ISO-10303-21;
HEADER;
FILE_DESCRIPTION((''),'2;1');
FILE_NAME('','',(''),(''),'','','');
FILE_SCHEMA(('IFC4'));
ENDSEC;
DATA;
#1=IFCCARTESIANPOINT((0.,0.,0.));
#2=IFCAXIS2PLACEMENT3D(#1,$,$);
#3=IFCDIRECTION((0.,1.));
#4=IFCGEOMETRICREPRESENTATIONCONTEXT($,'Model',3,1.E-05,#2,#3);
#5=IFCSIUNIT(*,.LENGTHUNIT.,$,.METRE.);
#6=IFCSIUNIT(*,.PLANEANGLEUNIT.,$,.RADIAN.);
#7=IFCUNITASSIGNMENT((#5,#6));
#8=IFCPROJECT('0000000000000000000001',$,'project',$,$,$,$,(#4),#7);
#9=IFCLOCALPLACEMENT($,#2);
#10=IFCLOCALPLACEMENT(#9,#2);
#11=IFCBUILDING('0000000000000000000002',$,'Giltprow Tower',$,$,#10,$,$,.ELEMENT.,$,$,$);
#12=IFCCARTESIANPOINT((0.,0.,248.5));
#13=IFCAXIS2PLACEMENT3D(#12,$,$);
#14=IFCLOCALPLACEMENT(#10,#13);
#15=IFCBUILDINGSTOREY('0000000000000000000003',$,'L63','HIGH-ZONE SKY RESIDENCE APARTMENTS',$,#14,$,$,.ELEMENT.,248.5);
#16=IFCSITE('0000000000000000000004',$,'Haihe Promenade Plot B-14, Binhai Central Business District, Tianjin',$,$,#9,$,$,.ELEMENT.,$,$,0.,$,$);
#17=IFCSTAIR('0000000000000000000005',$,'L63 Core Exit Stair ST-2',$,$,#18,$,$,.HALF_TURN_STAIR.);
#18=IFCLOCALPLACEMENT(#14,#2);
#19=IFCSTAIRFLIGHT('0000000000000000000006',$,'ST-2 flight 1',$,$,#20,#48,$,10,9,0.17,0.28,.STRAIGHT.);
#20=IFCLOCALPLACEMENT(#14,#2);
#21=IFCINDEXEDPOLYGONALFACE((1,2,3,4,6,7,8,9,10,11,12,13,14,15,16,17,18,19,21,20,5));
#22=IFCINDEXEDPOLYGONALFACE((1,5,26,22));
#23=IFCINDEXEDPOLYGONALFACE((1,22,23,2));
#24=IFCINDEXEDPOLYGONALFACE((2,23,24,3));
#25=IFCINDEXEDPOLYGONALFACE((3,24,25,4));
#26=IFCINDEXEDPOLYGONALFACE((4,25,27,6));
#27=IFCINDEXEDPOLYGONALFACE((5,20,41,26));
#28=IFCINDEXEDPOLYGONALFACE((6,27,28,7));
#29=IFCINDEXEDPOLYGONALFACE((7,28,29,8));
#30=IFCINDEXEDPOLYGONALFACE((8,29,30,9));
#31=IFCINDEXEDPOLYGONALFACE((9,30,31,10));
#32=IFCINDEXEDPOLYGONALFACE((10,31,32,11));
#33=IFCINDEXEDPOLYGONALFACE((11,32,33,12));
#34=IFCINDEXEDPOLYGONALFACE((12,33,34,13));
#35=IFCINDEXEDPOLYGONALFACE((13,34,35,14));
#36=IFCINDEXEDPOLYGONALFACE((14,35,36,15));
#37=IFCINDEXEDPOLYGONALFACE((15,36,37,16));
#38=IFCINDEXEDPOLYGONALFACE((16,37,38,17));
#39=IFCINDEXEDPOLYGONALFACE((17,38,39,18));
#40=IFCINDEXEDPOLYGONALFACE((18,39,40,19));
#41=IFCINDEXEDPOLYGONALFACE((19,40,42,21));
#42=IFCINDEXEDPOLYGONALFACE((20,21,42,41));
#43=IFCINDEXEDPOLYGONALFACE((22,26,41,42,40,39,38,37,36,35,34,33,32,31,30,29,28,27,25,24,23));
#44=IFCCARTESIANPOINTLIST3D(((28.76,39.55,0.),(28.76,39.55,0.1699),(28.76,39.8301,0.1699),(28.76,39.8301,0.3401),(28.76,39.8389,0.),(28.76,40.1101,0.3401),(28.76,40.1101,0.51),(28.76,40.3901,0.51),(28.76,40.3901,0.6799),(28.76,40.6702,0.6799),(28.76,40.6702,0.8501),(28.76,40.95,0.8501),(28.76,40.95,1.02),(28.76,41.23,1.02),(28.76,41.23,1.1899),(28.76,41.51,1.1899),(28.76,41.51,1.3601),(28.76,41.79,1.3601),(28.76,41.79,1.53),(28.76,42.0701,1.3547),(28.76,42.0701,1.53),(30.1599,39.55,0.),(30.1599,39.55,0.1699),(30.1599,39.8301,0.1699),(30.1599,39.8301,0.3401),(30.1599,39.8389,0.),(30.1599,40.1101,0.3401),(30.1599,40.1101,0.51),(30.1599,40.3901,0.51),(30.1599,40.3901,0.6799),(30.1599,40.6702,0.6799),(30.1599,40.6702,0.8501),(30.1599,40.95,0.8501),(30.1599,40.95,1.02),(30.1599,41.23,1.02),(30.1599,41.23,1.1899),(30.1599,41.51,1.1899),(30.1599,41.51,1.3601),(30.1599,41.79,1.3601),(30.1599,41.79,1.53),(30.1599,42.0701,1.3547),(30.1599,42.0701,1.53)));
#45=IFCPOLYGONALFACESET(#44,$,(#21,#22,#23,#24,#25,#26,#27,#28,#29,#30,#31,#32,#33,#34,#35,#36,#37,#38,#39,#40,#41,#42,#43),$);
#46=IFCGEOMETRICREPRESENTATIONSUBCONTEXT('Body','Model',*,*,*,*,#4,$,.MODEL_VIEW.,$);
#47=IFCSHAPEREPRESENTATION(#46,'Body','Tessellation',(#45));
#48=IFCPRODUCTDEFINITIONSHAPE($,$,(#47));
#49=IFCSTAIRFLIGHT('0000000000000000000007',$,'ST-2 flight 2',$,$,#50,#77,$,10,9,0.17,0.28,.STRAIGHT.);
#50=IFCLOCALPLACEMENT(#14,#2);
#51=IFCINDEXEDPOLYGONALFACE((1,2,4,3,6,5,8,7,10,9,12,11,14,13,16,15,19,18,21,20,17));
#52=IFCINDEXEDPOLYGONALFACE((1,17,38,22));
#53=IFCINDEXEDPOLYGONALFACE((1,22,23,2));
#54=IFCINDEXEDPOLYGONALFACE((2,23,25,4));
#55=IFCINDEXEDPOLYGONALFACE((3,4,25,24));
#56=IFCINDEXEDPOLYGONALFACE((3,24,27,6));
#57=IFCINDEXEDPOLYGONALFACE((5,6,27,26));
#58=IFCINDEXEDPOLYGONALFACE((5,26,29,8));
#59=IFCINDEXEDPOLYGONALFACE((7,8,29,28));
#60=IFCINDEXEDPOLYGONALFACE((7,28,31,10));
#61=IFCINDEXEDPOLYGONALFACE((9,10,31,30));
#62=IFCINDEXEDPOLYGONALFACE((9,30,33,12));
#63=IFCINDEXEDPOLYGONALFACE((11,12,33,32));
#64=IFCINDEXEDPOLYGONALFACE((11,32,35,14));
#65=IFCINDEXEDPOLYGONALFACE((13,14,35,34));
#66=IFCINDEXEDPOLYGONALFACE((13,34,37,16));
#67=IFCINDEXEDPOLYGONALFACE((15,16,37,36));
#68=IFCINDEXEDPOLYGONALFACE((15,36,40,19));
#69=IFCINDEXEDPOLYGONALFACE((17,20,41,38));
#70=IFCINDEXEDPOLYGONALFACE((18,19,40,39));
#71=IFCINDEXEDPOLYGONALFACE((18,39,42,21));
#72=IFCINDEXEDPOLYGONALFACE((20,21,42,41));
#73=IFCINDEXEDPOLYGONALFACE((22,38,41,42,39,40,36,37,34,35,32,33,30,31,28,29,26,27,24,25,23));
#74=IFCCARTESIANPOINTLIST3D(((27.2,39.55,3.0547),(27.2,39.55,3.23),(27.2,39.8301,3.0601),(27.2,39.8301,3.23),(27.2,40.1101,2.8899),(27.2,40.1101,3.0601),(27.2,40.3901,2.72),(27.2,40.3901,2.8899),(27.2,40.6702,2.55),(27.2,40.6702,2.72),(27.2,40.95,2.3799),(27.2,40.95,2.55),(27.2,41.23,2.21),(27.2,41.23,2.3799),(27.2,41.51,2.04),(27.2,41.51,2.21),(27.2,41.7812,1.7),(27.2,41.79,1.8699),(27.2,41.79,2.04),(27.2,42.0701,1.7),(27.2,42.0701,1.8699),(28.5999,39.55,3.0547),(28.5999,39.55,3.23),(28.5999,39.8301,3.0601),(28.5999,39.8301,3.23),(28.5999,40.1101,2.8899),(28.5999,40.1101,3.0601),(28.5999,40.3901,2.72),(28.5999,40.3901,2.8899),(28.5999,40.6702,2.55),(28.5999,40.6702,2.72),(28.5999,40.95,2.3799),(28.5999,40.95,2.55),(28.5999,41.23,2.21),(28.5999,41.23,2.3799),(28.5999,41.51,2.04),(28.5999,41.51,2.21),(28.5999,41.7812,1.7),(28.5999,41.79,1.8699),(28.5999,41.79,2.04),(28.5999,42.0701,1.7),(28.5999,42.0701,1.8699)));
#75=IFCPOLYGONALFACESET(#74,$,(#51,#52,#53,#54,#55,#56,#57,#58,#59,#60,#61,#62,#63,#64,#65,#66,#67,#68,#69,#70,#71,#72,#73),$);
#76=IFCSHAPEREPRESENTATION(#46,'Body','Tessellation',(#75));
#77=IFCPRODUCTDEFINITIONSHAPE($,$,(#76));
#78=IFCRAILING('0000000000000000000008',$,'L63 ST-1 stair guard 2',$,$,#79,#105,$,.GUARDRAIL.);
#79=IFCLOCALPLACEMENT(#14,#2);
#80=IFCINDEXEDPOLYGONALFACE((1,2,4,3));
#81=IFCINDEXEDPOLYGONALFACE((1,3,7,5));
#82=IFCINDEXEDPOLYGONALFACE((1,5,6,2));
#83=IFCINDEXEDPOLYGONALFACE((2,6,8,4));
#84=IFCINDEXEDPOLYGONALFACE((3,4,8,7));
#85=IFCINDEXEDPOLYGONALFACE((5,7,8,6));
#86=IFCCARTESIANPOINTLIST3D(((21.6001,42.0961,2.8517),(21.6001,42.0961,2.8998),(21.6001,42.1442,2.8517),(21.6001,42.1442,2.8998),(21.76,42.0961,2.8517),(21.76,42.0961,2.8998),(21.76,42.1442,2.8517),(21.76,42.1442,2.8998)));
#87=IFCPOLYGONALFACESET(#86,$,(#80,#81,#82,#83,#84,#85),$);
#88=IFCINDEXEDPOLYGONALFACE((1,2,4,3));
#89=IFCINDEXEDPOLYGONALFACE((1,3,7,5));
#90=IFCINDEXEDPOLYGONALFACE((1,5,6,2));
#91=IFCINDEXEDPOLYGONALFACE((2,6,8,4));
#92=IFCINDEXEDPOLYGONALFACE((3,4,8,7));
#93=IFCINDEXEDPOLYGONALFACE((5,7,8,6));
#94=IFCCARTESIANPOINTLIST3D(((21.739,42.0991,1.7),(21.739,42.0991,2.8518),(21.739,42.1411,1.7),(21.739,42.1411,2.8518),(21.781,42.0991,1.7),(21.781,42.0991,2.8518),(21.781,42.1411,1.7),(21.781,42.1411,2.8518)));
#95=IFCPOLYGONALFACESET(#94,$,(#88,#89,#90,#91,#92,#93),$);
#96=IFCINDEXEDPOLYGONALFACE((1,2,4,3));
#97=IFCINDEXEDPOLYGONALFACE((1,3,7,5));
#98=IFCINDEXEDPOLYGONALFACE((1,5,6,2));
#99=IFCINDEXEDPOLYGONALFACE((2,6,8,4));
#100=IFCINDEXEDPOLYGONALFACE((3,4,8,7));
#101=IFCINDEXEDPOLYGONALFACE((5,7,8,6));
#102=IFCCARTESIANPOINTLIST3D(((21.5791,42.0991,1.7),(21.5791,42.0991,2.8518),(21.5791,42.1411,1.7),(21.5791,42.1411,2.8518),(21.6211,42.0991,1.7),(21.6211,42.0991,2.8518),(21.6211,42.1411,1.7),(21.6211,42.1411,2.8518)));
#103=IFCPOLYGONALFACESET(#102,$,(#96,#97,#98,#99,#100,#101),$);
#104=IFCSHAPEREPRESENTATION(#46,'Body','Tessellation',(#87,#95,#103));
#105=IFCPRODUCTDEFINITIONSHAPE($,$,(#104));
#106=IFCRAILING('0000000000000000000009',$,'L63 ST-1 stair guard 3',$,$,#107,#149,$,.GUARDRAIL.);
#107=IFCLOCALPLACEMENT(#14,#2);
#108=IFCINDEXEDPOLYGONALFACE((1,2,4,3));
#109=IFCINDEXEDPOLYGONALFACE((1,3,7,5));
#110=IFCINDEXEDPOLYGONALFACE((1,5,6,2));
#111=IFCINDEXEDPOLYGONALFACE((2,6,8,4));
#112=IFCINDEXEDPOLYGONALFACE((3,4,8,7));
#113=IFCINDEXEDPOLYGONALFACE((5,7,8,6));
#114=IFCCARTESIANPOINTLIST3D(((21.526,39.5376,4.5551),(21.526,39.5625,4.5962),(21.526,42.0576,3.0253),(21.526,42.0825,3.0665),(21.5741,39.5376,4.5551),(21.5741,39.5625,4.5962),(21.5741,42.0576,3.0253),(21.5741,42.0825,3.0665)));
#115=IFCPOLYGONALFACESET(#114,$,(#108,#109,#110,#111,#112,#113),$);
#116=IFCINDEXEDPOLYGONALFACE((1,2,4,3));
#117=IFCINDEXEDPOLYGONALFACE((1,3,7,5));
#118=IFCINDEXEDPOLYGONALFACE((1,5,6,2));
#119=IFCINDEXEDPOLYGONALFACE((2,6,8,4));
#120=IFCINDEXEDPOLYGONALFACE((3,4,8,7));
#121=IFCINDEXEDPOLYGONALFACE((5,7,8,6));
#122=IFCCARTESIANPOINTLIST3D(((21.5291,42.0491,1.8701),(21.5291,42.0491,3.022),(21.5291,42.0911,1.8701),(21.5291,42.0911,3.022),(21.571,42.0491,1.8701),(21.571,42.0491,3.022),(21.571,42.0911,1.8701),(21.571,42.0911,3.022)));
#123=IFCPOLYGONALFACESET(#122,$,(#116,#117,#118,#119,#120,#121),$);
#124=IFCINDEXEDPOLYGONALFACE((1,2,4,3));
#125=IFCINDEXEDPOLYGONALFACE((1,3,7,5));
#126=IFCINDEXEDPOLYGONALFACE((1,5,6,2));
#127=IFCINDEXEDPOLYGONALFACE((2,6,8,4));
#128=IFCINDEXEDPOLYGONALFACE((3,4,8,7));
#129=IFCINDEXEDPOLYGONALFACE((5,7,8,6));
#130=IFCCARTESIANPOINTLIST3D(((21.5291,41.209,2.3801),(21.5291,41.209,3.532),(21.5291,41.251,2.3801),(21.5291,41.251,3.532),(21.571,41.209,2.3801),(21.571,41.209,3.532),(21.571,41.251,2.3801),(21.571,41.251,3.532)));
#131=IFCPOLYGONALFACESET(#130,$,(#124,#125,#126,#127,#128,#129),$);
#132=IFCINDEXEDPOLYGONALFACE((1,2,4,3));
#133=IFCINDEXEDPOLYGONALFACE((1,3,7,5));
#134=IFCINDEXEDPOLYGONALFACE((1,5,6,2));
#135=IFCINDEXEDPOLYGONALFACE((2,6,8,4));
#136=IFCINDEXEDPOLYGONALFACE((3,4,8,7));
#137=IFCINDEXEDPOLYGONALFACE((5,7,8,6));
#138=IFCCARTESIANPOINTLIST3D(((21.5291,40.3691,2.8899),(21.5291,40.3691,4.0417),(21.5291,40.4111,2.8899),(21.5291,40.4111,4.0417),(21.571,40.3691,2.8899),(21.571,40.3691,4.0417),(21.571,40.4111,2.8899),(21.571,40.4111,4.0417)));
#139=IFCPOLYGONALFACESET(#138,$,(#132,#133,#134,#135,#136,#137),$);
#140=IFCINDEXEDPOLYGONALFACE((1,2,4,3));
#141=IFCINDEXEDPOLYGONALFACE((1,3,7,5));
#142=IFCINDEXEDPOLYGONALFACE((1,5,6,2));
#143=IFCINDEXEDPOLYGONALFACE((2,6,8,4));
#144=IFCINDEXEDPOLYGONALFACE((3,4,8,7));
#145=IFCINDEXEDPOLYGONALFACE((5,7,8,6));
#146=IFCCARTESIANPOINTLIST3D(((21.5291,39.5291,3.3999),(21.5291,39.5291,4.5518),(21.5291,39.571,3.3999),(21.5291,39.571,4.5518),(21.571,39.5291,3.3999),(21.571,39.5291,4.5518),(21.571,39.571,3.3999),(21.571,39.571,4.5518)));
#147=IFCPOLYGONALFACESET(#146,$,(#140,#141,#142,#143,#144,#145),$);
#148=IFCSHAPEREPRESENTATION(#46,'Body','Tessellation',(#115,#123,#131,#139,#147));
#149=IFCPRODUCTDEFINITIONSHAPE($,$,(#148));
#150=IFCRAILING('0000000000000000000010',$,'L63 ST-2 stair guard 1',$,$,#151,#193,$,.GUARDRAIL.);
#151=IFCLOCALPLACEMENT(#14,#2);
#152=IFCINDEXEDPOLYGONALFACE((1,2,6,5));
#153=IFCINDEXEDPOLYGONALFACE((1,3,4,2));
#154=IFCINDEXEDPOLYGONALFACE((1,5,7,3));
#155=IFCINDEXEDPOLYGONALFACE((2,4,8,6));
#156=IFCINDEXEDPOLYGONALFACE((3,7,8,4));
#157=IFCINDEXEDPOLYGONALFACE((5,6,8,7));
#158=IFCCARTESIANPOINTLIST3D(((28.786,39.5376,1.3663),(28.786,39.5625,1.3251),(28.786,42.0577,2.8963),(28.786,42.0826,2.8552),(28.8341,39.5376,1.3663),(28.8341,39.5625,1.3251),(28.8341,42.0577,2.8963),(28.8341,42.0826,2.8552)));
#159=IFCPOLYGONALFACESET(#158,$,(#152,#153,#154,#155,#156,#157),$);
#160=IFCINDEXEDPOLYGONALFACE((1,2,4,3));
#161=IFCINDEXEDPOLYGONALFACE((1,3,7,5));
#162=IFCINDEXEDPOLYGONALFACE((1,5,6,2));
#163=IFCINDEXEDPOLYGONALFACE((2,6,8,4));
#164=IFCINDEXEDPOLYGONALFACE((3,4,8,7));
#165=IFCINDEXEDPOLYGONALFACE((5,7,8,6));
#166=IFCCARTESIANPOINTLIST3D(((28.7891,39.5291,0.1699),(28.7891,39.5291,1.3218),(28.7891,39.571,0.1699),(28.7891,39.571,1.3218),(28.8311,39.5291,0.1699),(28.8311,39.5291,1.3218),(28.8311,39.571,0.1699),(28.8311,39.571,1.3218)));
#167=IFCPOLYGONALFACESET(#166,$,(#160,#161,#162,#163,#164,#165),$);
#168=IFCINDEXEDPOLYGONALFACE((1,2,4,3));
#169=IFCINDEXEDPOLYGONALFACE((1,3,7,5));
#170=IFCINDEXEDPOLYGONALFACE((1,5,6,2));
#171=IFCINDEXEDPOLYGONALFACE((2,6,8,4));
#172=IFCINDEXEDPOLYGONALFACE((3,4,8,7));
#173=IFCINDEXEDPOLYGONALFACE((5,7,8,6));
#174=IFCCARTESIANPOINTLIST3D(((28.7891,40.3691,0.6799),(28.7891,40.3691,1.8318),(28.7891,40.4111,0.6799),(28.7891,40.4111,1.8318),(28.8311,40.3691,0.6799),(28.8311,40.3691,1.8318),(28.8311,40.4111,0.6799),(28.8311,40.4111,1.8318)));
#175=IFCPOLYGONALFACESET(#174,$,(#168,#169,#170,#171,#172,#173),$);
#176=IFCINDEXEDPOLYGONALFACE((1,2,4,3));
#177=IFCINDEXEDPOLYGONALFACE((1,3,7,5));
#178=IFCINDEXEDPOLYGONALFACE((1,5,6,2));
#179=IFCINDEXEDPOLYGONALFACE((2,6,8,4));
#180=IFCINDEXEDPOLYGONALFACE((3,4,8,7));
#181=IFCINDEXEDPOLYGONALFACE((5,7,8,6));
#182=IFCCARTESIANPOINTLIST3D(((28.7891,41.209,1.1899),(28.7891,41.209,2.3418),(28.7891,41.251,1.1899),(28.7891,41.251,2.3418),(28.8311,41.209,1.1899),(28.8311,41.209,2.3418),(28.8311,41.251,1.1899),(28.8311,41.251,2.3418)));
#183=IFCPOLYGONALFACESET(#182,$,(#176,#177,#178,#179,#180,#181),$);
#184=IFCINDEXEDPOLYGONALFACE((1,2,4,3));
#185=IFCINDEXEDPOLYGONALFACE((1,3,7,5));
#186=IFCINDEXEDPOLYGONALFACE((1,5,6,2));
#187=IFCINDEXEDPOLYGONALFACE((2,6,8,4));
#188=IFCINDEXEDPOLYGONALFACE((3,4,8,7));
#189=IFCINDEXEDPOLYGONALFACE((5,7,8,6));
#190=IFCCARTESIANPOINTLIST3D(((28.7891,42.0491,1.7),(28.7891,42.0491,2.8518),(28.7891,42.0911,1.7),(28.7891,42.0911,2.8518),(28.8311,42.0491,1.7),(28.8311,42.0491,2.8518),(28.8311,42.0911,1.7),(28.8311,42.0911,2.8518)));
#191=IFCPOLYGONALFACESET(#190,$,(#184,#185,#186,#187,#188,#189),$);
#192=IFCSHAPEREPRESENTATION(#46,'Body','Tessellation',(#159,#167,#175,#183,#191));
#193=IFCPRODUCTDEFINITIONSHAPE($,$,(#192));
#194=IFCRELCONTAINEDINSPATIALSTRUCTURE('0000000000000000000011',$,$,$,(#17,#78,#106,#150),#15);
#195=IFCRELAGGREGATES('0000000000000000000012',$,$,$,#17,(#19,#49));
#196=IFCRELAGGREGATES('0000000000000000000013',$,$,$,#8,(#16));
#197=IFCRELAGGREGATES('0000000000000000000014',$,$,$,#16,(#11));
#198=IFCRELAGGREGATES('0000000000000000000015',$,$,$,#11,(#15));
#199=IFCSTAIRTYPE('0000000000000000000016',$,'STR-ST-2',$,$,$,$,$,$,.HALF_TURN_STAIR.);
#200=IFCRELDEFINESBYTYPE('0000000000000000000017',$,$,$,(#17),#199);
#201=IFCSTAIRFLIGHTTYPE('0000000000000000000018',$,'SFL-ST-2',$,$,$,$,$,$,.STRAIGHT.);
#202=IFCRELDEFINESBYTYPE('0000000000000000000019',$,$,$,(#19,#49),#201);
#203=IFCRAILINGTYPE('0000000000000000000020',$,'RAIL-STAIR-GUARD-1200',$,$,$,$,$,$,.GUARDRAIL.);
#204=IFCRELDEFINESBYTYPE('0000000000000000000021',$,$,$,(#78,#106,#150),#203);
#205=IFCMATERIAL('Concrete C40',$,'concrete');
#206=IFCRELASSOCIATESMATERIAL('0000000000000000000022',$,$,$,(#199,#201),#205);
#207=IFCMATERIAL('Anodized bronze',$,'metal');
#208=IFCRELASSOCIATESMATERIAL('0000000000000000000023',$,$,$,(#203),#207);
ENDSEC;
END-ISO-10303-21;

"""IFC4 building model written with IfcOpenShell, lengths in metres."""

from ifc_helpers import new_model, si_unit, direction, frame, origin, origin_2d, place, context, subcontext, project, spatial, polyline, rectangle, outline, extrude, material, type_object, element, aggregate, save


model = new_model("IFC4")

# Units and contexts
model_context = context("Model", 3, precision=1e-05, world=origin(), true_north=direction((0.0, 1.0)))
body_context = subcontext(model_context, "Body", "Model", "MODEL_VIEW")
ifc_project = project(units=[si_unit("LENGTHUNIT", "METRE"), si_unit("PLANEANGLEUNIT", "RADIAN")], contexts=[model_context])

# Site, building, storey
site_placement = place(None, origin())
site = spatial("IfcSite", under=ifc_project, at=site_placement, Name="Haihe Promenade Plot B-14, Binhai Central Business District, Tianjin", CompositionType="ELEMENT", RefElevation=0.0)
building_placement = place(site_placement, origin())
building = spatial("IfcBuilding", under=site, at=building_placement, Name="Giltprow Tower", CompositionType="ELEMENT")
storey_placement = place(building_placement, frame((0.0, 0.0, 248.5)))
storey = spatial("IfcBuildingStorey", under=building, at=storey_placement, Name="L63", Description="HIGH-ZONE SKY RESIDENCE APARTMENTS", CompositionType="ELEMENT", Elevation=248.5)

# Shared definitions
ifc_material_1 = material(Name="Concrete C40", Category="concrete")

# Stair, stair flights
stair_type = type_object("IfcStairType", Name="STR-ST-2", PredefinedType="HALF_TURN_STAIR", material=ifc_material_1)
stair_placement = place(storey_placement, origin())
stair = element("IfcStair", 1, at=stair_placement, inside=storey, type_object=stair_type, Name="L63 Core Exit Stair ST-2", PredefinedType="HALF_TURN_STAIR")
stair_flight_type = type_object("IfcStairFlightType", Name="SFL-ST-2", PredefinedType="STRAIGHT", material=ifc_material_1)
stair_flight_1_placement = place(storey_placement, frame((29.46, 39.55, 0.0), z_axis=(0.0, 0.0, 1.0), x_axis=(0.0, 1.0, 0.0)))
stair_flight_1 = element("IfcStairFlight", 2, at=stair_flight_1_placement, type_object=stair_flight_type, Name="ST-2 flight 1", NumberOfRisers=10, NumberOfTreads=9, PredefinedType="STRAIGHT", RiserHeight=0.17, TreadLength=0.28, context=body_context, shape_type="SweptSolid", body=[
    extrude(outline(polyline([(0.0, 0.0), (0.0, 0.1699), (0.28, 0.1699), (0.28, 0.3401), (0.5601, 0.3401), (0.5601, 0.51), (0.8401, 0.51), (0.8401, 0.6799), (1.1201, 0.6799), (1.1201, 0.8501), (1.3999, 0.8501), (1.3999, 1.02), (1.6799, 1.02), (1.6799, 1.1899), (1.96, 1.1899), (1.96, 1.3601), (2.24, 1.3601), (2.24, 1.53), (2.52, 1.53), (2.52, 1.7), (2.52, 1.3547), (0.2888, 0.0), (0.0, 0.0)])), frame((0.0, 0.7, 0.0), z_axis=(0.0, -1.0, 0.0), x_axis=(1.0, 0.0, 0.0)), (0.0, 0.0, 1.0), 1.3999),
])
stair_flight_2_placement = place(storey_placement, frame((27.8999, 42.0701, 1.7), z_axis=(0.0, 0.0, 1.0), x_axis=(0.0, -1.0, 0.0)))
stair_flight_2 = element("IfcStairFlight", 3, at=stair_flight_2_placement, type_object=stair_flight_type, Name="ST-2 flight 2", NumberOfRisers=10, NumberOfTreads=9, PredefinedType="STRAIGHT", RiserHeight=0.17, TreadLength=0.28, context=body_context, shape_type="SweptSolid", body=[
    extrude(outline(polyline([(0.0, 0.0), (0.0, 0.1699), (0.28, 0.1699), (0.28, 0.3401), (0.5601, 0.3401), (0.5601, 0.51), (0.8401, 0.51), (0.8401, 0.6799), (1.1201, 0.6799), (1.1201, 0.8501), (1.3999, 0.8501), (1.3999, 1.02), (1.6799, 1.02), (1.6799, 1.1899), (1.96, 1.1899), (1.96, 1.3601), (2.24, 1.3601), (2.24, 1.53), (2.52, 1.53), (2.52, 1.7), (2.52, 1.3547), (0.2888, 0.0), (0.0, 0.0)])), frame((0.0, 0.7, 0.0), z_axis=(0.0, -1.0, 0.0), x_axis=(1.0, 0.0, 0.0)), (0.0, 0.0, 1.0), 1.3999),
])
aggregate(stair, [stair_flight_1, stair_flight_2])

# Railings
ifc_material_2 = material(Name="Anodized bronze", Category="metal")
railing_type_1 = type_object("IfcRailingType", Name="RAIL-STAIR-GUARD-1200", PredefinedType="GUARDRAIL", material=ifc_material_2)
railing_1_placement = place(storey_placement, frame((21.76, 42.1201, 1.7)))
element("IfcRailing", 4, at=railing_1_placement, inside=storey, type_object=railing_type_1, Name="L63 ST-1 stair guard 2", PredefinedType="GUARDRAIL", context=body_context, shape_type="SweptSolid", body=[
    extrude(rectangle(XDim=0.0481, YDim=0.0481, at=origin_2d()), frame((0.0, 0.0, 1.1758), z_axis=(-1.0, 0.0, 0.0), x_axis=(0.0, -1.0, 0.0)), (0.0, 0.0, 1.0), 0.1599),
    extrude(rectangle(XDim=0.042, YDim=0.042, at=origin_2d()), origin(), (0.0, 0.0, 1.0), 1.1519),
    extrude(rectangle(XDim=0.042, YDim=0.042, at=origin_2d()), frame((-0.1599, 0.0, 0.0)), (0.0, 0.0, 1.0), 1.1519),
])
railing_2_placement = place(storey_placement, frame((21.55, 42.0701, 1.8701)))
element("IfcRailing", 5, at=railing_2_placement, inside=storey, type_object=railing_type_1, Name="L63 ST-1 stair guard 3", PredefinedType="GUARDRAIL", context=body_context, shape_type="SweptSolid", body=[
    extrude(rectangle(XDim=0.0481, YDim=0.0481, at=origin_2d()), frame((0.0, 0.0, 1.1758), z_axis=(0.0, -0.854822, 0.518922), x_axis=(1.0, 0.0, 0.0)), (0.0, 0.0, 1.0), 2.948),
    extrude(rectangle(XDim=0.042, YDim=0.042, at=origin_2d()), origin(), (0.0, 0.0, 1.0), 1.1519),
    extrude(rectangle(XDim=0.042, YDim=0.042, at=origin_2d()), frame((0.0, -0.8401, 0.51)), (0.0, 0.0, 1.0), 1.1519),
    extrude(rectangle(XDim=0.042, YDim=0.042, at=origin_2d()), frame((0.0, -1.6799, 1.0198)), (0.0, 0.0, 1.0), 1.1519),
    extrude(rectangle(XDim=0.042, YDim=0.042, at=origin_2d()), frame((0.0, -2.52, 1.5298)), (0.0, 0.0, 1.0), 1.1519),
])
railing_3_placement = place(storey_placement, frame((28.8101, 39.55, 0.1699)))
element("IfcRailing", 6, at=railing_3_placement, inside=storey, type_object=railing_type_1, Name="L63 ST-2 stair guard 1", PredefinedType="GUARDRAIL", context=body_context, shape_type="SweptSolid", body=[
    extrude(rectangle(XDim=0.0481, YDim=0.0481, at=origin_2d()), frame((0.0, 0.0, 1.1758), z_axis=(0.0, 0.854785, 0.518982), x_axis=(-1.0, 0.0, 0.0)), (0.0, 0.0, 1.0), 2.9482),
    extrude(rectangle(XDim=0.042, YDim=0.042, at=origin_2d()), origin(), (0.0, 0.0, 1.0), 1.1519),
    extrude(rectangle(XDim=0.042, YDim=0.042, at=origin_2d()), frame((0.0, 0.8401, 0.51)), (0.0, 0.0, 1.0), 1.1519),
    extrude(rectangle(XDim=0.042, YDim=0.042, at=origin_2d()), frame((0.0, 1.6799, 1.02)), (0.0, 0.0, 1.0), 1.1519),
    extrude(rectangle(XDim=0.042, YDim=0.042, at=origin_2d()), frame((0.0, 2.52, 1.53)), (0.0, 0.0, 1.0), 1.1519),
])

save(model, "model.ifc")
